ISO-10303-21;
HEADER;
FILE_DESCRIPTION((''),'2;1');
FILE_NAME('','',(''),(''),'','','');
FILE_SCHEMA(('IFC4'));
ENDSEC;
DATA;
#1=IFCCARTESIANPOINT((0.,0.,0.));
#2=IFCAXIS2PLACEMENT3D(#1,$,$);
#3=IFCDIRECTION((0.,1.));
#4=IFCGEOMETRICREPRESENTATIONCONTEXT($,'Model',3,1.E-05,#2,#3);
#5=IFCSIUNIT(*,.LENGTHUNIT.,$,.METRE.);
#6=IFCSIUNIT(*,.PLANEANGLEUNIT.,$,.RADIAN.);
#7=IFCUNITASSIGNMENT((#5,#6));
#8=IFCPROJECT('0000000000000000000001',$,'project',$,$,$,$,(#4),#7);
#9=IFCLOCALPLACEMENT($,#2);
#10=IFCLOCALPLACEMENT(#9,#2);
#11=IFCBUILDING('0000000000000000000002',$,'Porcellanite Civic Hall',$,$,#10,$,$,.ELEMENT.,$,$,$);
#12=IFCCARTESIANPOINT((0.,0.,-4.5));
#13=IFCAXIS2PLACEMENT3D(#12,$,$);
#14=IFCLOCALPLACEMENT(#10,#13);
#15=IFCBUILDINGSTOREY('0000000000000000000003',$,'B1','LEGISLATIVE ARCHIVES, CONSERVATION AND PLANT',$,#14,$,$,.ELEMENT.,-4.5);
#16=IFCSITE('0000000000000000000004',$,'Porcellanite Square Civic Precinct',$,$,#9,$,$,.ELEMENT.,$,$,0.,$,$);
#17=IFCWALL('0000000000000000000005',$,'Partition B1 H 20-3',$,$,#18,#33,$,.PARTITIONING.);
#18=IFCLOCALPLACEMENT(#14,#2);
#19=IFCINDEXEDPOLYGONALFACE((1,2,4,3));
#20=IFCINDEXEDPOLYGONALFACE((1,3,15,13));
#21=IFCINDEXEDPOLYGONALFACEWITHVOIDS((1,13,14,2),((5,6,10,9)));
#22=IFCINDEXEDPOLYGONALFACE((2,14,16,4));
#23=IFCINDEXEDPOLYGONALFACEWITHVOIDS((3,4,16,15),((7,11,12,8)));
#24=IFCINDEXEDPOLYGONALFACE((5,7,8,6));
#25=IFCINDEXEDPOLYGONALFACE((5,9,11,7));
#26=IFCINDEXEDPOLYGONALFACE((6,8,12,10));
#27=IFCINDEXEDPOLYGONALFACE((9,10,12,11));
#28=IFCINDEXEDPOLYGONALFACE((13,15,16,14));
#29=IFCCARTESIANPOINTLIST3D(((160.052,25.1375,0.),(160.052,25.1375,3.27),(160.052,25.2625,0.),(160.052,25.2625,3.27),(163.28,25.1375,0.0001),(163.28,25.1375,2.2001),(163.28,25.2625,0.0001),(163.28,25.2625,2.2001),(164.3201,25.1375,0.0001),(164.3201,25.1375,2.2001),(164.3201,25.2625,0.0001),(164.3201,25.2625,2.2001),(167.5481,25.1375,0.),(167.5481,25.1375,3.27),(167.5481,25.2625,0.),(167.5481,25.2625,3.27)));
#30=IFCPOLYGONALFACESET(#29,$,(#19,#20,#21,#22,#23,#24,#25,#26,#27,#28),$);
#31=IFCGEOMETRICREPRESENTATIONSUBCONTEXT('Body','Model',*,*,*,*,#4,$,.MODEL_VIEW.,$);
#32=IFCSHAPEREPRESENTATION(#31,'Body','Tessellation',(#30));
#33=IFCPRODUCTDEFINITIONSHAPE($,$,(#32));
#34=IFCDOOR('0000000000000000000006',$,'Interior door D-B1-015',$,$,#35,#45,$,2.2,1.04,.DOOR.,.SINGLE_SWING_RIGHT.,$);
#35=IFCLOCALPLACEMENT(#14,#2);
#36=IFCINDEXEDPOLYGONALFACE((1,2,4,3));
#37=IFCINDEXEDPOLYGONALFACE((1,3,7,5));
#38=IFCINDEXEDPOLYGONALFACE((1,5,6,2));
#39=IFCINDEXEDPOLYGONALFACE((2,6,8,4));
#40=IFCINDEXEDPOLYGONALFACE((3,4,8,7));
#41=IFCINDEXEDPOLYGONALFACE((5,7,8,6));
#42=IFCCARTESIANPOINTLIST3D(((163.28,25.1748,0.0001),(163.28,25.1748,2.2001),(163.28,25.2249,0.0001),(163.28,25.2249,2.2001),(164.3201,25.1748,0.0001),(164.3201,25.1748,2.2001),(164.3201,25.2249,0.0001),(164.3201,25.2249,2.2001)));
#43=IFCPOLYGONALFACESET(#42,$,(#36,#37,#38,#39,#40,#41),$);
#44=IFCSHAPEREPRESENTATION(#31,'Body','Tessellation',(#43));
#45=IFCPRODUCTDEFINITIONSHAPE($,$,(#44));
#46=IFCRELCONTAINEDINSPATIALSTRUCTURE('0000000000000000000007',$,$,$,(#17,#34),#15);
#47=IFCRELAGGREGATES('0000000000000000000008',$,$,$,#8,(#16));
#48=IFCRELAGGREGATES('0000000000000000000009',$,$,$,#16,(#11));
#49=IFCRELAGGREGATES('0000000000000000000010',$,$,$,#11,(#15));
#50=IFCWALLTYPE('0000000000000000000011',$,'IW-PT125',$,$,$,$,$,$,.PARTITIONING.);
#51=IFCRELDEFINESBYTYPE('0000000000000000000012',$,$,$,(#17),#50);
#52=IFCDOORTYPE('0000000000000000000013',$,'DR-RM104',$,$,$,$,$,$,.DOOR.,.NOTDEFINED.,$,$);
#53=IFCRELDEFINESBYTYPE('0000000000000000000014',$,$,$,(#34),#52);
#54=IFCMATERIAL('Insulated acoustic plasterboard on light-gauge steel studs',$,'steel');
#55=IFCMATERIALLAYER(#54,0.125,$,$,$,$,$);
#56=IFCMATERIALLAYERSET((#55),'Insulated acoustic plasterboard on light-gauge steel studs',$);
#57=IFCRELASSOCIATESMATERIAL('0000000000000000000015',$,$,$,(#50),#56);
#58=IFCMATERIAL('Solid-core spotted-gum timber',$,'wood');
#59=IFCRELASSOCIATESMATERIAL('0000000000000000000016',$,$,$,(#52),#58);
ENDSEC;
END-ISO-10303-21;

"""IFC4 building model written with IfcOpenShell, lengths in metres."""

from ifc_helpers import new_model, si_unit, direction, frame, frame_2d, origin, place, context, subcontext, project, spatial, rectangle, extrude, material, layer, layer_set, type_object, element, fill, save


model = new_model("IFC4")

# Units and contexts
model_context = context("Model", 3, precision=1e-05, world=origin(), true_north=direction((0.0, 1.0)))
body_context = subcontext(model_context, "Body", "Model", "MODEL_VIEW")
ifc_project = project(units=[si_unit("LENGTHUNIT", "METRE"), si_unit("PLANEANGLEUNIT", "RADIAN")], contexts=[model_context])

# Site, building, storey
site_placement = place(None, origin())
site = spatial("IfcSite", under=ifc_project, at=site_placement, Name="Porcellanite Square Civic Precinct", CompositionType="ELEMENT", RefElevation=0.0)
building_placement = place(site_placement, origin())
building = spatial("IfcBuilding", under=site, at=building_placement, Name="Porcellanite Civic Hall", CompositionType="ELEMENT")
storey_placement = place(building_placement, frame((0.0, 0.0, -4.5)))
storey = spatial("IfcBuildingStorey", under=building, at=storey_placement, Name="B1", Description="LEGISLATIVE ARCHIVES, CONSERVATION AND PLANT", CompositionType="ELEMENT", Elevation=-4.5)

# Wall, opening, door
ifc_material_1 = material(Name="Insulated acoustic plasterboard on light-gauge steel studs", Category="steel")
ifc_layer_1 = layer(ifc_material_1, 0.125)
ifc_layer_set_1 = layer_set([ifc_layer_1], Name="Insulated acoustic plasterboard on light-gauge steel studs")
wall_type_1 = type_object("IfcWallType", Name="IW-PT125", PredefinedType="PARTITIONING", material=ifc_layer_set_1)
wall_1_placement = place(storey_placement, frame((160.052, 25.2, 0.0), z_axis=(0.0, 0.0, 1.0), x_axis=(1.0, 0.0, 0.0)))
wall_1 = element("IfcWall", 1, at=wall_1_placement, inside=storey, type_object=wall_type_1, Name="Partition B1 H 20-3", PredefinedType="PARTITIONING", context=body_context, shape_type="SweptSolid", body=[
    extrude(rectangle(XDim=7.4961, YDim=0.125, at=frame_2d((3.748, 0.0))), origin(), (0.0, 0.0, 1.0), 3.27),
])
opening_1_placement = place(wall_1_placement, frame((3.228, 0.0, 0.0)))
opening_1 = element("IfcOpeningElement", 2, at=opening_1_placement, cuts=wall_1, PredefinedType="OPENING", context=body_context, shape_type="SweptSolid", body=[
    extrude(rectangle(XDim=1.04, YDim=2.2, at=frame_2d((0.52, 1.1001))), frame((0.0, 0.0625, 0.0), z_axis=(0.0, -1.0, 0.0), x_axis=(1.0, 0.0, 0.0)), (0.0, 0.0, 1.0), 0.125),
])
ifc_material_2 = material(Name="Solid-core spotted-gum timber", Category="wood")
door_type_1 = type_object("IfcDoorType", Name="DR-RM104", OperationType="NOTDEFINED", PredefinedType="DOOR", material=ifc_material_2)
door_1_placement = place(opening_1_placement, origin())
door_1 = element("IfcDoor", 3, at=door_1_placement, inside=storey, type_object=door_type_1, Name="Interior door D-B1-015", OperationType="SINGLE_SWING_RIGHT", OverallHeight=2.2, OverallWidth=1.04, PredefinedType="DOOR", context=body_context, shape_type="SweptSolid", body=[
    extrude(rectangle(XDim=1.04, YDim=2.2, at=frame_2d((0.52, 1.1001))), frame((0.0, 0.0249, 0.0), z_axis=(0.0, -1.0, 0.0), x_axis=(1.0, 0.0, 0.0)), (0.0, 0.0, 1.0), 0.05),
])
fill(opening_1, door_1)

save(model, "model.ifc")
